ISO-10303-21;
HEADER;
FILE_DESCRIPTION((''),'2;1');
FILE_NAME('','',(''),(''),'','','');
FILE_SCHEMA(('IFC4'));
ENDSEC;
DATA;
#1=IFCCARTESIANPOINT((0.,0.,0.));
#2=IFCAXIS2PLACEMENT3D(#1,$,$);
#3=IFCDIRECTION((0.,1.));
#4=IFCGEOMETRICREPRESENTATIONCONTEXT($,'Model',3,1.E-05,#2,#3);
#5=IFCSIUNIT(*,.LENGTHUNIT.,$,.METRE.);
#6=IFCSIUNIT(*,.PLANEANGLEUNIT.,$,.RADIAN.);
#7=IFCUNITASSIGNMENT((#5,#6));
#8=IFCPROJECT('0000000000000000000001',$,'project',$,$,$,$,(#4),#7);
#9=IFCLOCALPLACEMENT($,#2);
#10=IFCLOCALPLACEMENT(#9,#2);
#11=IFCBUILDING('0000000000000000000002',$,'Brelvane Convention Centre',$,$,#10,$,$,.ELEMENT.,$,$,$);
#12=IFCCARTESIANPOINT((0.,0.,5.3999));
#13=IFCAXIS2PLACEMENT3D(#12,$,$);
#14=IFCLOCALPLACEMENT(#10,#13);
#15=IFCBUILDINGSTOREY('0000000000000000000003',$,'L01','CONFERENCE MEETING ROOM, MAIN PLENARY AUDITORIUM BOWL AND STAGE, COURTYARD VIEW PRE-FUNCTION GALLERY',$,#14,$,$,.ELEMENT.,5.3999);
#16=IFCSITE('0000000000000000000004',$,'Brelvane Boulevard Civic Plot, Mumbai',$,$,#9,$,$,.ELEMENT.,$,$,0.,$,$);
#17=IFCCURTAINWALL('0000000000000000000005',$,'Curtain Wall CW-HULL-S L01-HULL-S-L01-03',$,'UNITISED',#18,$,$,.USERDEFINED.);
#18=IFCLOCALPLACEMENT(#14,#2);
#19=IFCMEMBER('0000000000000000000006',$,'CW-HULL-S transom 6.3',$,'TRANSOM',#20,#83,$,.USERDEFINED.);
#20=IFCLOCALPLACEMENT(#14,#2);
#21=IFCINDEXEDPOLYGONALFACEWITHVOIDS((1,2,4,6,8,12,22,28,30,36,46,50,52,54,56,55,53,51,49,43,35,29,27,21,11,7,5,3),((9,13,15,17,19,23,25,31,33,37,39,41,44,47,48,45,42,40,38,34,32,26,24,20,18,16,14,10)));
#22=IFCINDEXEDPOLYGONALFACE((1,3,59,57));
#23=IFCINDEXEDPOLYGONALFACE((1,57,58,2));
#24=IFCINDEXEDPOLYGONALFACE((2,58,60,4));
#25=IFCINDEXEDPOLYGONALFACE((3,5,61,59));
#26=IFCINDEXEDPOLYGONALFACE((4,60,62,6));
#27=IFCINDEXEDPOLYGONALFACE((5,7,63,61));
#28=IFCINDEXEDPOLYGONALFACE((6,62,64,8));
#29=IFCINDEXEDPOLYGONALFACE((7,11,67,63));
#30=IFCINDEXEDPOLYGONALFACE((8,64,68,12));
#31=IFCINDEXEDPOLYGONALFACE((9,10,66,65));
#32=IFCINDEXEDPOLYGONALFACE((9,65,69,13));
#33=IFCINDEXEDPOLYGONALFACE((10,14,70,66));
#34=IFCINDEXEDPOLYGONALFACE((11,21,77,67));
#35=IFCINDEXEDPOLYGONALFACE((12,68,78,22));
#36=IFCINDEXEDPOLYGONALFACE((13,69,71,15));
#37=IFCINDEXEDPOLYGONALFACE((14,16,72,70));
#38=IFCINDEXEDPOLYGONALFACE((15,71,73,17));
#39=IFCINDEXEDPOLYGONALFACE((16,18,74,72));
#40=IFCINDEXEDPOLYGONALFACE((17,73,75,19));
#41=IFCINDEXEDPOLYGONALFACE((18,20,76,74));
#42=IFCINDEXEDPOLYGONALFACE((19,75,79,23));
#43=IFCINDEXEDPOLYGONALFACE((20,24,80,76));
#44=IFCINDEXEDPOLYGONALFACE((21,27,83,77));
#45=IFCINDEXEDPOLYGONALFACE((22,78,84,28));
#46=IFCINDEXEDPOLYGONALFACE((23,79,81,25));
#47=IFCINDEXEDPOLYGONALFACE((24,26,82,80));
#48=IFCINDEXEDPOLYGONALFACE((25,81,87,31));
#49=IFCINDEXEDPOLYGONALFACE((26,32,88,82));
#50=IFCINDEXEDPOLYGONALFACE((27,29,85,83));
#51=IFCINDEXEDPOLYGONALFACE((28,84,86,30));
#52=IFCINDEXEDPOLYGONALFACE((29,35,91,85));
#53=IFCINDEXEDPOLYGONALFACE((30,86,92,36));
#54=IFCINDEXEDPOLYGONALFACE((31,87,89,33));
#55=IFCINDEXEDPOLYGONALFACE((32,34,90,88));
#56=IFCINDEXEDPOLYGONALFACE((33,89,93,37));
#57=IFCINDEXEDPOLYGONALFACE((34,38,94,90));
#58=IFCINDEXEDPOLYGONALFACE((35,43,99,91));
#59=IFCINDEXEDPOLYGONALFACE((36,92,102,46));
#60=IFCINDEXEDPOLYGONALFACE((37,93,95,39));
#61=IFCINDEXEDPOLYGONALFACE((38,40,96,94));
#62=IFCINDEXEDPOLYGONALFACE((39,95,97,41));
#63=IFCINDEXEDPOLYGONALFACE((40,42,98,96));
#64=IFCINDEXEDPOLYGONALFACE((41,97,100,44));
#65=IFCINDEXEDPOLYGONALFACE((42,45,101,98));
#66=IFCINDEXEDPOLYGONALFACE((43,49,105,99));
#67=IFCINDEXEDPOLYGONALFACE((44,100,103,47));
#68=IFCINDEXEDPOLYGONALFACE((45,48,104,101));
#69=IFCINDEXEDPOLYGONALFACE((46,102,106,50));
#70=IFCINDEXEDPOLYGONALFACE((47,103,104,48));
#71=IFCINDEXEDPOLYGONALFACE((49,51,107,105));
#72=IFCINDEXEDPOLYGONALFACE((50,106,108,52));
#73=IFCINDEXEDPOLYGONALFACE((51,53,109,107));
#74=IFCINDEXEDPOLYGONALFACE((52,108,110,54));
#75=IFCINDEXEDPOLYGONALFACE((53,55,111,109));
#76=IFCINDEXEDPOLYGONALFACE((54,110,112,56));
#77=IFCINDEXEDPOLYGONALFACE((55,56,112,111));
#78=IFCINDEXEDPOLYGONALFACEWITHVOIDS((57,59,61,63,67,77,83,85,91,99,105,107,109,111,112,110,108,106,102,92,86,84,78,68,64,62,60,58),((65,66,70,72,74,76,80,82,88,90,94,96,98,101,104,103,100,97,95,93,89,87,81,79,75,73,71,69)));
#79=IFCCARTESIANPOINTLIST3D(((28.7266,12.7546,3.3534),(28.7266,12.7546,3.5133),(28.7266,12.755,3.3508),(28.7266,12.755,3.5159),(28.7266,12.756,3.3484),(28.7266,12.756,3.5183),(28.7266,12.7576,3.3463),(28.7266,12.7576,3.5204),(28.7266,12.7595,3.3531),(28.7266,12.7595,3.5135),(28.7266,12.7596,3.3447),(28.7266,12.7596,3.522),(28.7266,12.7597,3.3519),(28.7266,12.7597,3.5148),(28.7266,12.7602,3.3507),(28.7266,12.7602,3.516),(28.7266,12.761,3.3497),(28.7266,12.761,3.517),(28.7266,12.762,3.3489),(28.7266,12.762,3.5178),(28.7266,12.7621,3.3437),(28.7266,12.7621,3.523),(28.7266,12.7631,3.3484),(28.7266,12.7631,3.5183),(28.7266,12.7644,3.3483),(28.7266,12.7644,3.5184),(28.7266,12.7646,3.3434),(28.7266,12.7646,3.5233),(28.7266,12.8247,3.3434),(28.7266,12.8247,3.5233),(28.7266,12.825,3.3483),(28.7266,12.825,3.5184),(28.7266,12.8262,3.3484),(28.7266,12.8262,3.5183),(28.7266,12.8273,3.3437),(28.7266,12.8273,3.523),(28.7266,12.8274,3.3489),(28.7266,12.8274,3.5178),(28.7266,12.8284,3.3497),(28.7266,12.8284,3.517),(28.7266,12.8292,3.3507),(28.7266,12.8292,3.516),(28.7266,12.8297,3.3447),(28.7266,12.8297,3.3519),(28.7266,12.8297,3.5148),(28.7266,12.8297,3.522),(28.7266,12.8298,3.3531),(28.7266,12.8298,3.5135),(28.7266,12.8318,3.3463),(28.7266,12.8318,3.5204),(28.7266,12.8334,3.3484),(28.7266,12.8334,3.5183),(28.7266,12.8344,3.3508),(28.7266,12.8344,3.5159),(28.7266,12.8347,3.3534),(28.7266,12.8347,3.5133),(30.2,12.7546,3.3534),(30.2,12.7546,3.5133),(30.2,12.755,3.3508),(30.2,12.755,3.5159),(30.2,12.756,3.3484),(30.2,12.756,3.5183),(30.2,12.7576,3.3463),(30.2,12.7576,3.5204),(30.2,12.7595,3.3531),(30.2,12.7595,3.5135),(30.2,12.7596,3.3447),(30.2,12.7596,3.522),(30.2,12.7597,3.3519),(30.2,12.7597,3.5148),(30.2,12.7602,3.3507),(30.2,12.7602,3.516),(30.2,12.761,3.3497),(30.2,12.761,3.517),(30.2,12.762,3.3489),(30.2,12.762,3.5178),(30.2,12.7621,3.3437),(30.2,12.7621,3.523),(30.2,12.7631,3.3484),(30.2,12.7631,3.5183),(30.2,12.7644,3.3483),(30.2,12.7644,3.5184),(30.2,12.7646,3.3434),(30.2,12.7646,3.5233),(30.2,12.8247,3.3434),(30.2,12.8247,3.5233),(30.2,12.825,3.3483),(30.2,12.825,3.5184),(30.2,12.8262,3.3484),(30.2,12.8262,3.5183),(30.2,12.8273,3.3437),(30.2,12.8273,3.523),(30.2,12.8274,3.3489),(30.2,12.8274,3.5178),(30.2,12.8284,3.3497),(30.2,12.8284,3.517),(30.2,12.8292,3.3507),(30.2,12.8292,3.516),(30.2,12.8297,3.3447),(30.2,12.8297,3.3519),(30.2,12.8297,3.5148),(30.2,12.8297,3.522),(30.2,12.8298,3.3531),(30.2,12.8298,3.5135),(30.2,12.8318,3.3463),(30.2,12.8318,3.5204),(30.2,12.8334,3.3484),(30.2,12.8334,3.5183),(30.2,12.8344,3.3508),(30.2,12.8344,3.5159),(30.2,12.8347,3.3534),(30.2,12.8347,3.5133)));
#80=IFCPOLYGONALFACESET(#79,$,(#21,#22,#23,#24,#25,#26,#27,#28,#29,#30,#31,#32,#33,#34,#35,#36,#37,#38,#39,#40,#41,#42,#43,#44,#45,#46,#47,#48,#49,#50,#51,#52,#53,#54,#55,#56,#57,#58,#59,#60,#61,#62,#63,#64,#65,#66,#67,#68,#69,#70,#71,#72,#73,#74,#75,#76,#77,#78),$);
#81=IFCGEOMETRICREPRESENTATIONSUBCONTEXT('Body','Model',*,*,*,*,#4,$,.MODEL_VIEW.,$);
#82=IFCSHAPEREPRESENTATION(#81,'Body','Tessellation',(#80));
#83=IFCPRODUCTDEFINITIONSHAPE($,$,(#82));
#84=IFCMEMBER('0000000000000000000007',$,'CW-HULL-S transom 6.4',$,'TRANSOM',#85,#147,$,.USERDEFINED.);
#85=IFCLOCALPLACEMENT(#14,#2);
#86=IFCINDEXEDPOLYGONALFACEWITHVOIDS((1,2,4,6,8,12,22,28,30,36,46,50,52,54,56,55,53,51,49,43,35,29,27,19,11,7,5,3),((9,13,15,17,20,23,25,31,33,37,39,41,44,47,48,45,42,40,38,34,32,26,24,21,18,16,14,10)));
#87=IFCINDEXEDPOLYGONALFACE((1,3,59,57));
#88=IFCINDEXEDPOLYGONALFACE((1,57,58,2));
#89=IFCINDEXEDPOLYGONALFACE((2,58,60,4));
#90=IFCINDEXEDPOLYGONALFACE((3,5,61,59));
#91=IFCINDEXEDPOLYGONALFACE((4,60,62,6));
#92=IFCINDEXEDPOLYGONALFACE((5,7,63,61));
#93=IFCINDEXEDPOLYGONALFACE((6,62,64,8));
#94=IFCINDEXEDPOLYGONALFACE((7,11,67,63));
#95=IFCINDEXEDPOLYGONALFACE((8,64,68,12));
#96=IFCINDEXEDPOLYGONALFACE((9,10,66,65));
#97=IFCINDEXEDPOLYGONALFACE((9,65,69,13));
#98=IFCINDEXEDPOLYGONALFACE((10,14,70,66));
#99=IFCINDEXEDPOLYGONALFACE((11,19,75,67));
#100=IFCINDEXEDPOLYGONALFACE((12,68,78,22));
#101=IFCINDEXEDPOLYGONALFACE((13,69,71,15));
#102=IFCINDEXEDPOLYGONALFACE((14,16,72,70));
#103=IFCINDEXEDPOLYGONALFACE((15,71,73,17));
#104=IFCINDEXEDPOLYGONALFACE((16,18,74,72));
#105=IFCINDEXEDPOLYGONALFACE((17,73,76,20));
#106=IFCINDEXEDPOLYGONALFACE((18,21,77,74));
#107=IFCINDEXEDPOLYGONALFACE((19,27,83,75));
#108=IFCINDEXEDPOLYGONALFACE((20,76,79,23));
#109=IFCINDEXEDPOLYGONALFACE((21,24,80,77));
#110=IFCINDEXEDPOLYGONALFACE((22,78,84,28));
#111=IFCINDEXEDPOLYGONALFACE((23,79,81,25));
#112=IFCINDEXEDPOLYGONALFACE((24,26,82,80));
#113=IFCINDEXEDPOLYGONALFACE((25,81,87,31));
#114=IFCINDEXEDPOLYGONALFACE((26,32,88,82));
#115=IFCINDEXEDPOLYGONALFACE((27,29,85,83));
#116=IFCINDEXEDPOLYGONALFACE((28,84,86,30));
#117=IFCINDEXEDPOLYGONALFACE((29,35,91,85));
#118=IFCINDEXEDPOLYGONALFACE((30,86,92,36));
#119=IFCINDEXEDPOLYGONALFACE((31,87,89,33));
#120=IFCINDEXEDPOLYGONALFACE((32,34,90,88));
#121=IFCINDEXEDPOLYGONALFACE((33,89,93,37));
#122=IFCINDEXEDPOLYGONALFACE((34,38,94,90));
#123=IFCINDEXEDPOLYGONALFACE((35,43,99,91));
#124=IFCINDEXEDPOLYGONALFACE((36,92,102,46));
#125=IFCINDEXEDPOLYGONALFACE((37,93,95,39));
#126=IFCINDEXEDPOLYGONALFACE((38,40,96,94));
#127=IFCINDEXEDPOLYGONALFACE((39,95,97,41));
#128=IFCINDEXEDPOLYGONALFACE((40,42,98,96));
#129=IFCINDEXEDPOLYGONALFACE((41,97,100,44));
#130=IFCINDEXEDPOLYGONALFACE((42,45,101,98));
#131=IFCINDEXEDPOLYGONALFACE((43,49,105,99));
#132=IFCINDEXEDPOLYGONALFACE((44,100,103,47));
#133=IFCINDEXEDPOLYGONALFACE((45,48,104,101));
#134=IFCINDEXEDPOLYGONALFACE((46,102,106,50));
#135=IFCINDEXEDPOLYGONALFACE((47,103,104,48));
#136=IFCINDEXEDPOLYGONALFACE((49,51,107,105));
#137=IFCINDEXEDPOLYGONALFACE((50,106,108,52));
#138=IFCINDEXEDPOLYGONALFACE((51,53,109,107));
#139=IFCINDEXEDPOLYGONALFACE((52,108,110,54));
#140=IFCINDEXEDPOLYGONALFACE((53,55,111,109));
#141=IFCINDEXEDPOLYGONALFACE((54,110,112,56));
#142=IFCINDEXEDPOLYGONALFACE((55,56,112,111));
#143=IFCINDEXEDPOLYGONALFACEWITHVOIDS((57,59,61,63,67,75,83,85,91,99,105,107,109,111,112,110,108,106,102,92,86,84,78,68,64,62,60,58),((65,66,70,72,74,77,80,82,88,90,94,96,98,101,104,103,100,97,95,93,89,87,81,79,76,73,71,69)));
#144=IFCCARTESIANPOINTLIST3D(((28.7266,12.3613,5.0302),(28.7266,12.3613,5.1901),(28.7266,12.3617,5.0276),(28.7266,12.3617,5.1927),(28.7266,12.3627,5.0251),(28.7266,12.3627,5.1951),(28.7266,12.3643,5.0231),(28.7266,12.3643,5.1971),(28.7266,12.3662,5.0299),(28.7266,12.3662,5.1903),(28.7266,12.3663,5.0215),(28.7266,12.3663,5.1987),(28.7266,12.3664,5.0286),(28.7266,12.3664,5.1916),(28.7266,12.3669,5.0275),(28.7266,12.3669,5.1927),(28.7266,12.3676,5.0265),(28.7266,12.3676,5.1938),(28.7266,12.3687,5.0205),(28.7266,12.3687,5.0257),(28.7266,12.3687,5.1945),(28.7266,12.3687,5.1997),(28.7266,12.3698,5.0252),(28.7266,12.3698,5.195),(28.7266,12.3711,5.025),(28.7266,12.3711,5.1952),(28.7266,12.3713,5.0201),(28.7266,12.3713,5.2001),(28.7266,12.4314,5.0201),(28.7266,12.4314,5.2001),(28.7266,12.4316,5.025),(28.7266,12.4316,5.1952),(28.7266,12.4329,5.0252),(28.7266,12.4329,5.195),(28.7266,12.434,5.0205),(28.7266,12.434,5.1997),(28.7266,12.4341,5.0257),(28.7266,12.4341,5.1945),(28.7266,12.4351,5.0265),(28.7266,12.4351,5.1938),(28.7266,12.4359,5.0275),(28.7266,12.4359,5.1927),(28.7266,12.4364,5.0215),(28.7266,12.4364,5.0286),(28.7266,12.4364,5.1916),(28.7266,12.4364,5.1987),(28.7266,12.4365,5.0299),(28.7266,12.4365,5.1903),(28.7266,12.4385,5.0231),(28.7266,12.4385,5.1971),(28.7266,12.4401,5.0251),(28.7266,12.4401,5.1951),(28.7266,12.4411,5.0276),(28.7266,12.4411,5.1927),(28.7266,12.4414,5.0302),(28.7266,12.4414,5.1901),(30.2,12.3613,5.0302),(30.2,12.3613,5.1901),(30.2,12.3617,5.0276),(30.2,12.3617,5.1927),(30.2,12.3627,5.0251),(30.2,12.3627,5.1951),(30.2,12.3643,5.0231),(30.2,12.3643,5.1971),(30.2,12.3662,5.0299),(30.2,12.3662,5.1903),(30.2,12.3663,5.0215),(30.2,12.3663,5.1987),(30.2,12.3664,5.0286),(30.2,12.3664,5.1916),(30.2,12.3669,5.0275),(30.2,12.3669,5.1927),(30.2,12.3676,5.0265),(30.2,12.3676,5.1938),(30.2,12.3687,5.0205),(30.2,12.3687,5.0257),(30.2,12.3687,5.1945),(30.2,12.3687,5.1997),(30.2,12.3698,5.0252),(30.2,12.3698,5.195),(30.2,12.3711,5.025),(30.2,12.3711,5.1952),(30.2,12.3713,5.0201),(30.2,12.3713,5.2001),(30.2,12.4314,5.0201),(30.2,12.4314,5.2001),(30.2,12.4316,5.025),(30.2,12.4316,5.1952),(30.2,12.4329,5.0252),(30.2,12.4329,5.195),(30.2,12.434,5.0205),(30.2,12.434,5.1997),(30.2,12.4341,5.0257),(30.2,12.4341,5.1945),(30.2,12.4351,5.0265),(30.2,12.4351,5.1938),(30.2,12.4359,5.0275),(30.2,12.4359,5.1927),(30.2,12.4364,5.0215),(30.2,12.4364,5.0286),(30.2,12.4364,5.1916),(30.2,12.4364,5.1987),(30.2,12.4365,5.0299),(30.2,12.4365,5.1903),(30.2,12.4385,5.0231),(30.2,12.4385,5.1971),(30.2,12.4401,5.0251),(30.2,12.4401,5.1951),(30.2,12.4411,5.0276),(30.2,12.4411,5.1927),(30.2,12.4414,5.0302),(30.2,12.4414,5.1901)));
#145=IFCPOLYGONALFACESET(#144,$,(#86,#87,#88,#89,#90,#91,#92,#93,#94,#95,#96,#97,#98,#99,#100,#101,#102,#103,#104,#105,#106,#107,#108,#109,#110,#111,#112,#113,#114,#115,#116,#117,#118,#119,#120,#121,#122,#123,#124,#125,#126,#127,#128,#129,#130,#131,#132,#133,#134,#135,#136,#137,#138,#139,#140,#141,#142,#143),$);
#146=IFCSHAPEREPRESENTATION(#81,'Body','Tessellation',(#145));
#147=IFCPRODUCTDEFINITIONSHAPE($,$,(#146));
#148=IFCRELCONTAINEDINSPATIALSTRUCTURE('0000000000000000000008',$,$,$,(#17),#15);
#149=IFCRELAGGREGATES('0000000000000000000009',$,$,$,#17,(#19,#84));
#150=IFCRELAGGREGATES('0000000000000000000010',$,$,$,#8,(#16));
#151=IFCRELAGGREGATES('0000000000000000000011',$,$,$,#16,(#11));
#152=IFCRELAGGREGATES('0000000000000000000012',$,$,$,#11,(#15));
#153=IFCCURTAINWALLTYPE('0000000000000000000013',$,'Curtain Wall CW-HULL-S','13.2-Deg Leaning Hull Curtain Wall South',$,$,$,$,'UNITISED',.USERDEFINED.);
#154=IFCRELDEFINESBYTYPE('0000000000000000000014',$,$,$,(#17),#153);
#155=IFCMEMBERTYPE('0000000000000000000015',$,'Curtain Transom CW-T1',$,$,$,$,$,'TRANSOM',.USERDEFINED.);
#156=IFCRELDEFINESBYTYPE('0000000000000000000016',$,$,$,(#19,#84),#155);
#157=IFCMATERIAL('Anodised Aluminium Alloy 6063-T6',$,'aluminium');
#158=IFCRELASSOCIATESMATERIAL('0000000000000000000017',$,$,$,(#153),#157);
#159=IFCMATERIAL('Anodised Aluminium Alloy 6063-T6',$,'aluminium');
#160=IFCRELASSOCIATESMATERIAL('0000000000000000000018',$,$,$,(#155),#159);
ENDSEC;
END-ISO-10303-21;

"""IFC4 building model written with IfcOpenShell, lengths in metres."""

from ifc_helpers import new_model, si_unit, direction, frame, origin, origin_2d, place, context, subcontext, project, spatial, hollow_rectangle, extrude, material, material_profile, profile_set, type_object, element, aggregate, save


model = new_model("IFC4")

# Units and contexts
model_context = context("Model", 3, precision=1e-05, world=origin(), true_north=direction((0.0, 1.0)))
body_context = subcontext(model_context, "Body", "Model", "MODEL_VIEW")
ifc_project = project(units=[si_unit("LENGTHUNIT", "METRE"), si_unit("PLANEANGLEUNIT", "RADIAN")], contexts=[model_context])

# Site, building, storey
site_placement = place(None, origin())
site = spatial("IfcSite", under=ifc_project, at=site_placement, Name="Brelvane Boulevard Civic Plot, Mumbai", CompositionType="ELEMENT", RefElevation=0.0)
building_placement = place(site_placement, origin())
building = spatial("IfcBuilding", under=site, at=building_placement, Name="Brelvane Convention Centre", CompositionType="ELEMENT")
storey_placement = place(building_placement, frame((0.0, 0.0, 5.3999)))
storey = spatial("IfcBuildingStorey", under=building, at=storey_placement, Name="L01", Description="CONFERENCE MEETING ROOM, MAIN PLENARY AUDITORIUM BOWL AND STAGE, COURTYARD VIEW PRE-FUNCTION GALLERY", CompositionType="ELEMENT", Elevation=5.3999)

# Curtain wall, members
ifc_material_1 = material(Name="Anodised Aluminium Alloy 6063-T6", Category="aluminium")
curtain_wall_type = type_object("IfcCurtainWallType", Name="Curtain Wall CW-HULL-S", Description="13.2-Deg Leaning Hull Curtain Wall South", ElementType="UNITISED", PredefinedType="USERDEFINED", material=ifc_material_1)
curtain_wall_1_placement = place(storey_placement, origin())
curtain_wall_1 = element("IfcCurtainWall", 1, at=curtain_wall_1_placement, inside=storey, type_object=curtain_wall_type, Name="Curtain Wall CW-HULL-S L01-HULL-S-L01-03", ObjectType="UNITISED", PredefinedType="USERDEFINED")
ifc_material_2 = material(Name="Anodised Aluminium Alloy 6063-T6", Category="aluminium")
ifc_material_profile = material_profile(ifc_material_2, hollow_rectangle(XDim=0.0801, YDim=0.1799, WallThickness=0.0049, InnerFilletRadius=0.0049, OuterFilletRadius=0.01, at=origin_2d()), Name="ALU-T 180x80x5.0")
ifc_profile_set = profile_set([ifc_material_profile], Name="Anodised Aluminium Alloy 6063-T6")
member_type = type_object("IfcMemberType", Name="Curtain Transom CW-T1", ElementType="TRANSOM", PredefinedType="USERDEFINED", material=ifc_profile_set)
member_1_placement = place(storey_placement, frame((28.7266, 12.7947, 3.4333), z_axis=(1.0, 0.0, 0.0), x_axis=(0.0, 1.0, 0.0)))
member_1 = element("IfcMember", 2, at=member_1_placement, type_object=member_type, Name="CW-HULL-S transom 6.3", ObjectType="TRANSOM", PredefinedType="USERDEFINED", context=body_context, shape_type="SweptSolid", body=[
    extrude(hollow_rectangle(XDim=0.0801, YDim=0.1799, WallThickness=0.0049, InnerFilletRadius=0.0049, OuterFilletRadius=0.01, at=origin_2d()), origin(), (0.0, 0.0, 1.0), 1.4734),
])
member_2_placement = place(storey_placement, frame((28.7266, 12.4014, 5.1101), z_axis=(1.0, 0.0, 0.0), x_axis=(0.0, 1.0, 0.0)))
member_2 = element("IfcMember", 3, at=member_2_placement, type_object=member_type, Name="CW-HULL-S transom 6.4", ObjectType="TRANSOM", PredefinedType="USERDEFINED", context=body_context, shape_type="SweptSolid", body=[
    extrude(hollow_rectangle(XDim=0.0801, YDim=0.1799, WallThickness=0.0049, InnerFilletRadius=0.0049, OuterFilletRadius=0.01, at=origin_2d()), origin(), (0.0, 0.0, 1.0), 1.4734),
])

aggregate(curtain_wall_1, [member_1, member_2])

save(model, "model.ifc")
